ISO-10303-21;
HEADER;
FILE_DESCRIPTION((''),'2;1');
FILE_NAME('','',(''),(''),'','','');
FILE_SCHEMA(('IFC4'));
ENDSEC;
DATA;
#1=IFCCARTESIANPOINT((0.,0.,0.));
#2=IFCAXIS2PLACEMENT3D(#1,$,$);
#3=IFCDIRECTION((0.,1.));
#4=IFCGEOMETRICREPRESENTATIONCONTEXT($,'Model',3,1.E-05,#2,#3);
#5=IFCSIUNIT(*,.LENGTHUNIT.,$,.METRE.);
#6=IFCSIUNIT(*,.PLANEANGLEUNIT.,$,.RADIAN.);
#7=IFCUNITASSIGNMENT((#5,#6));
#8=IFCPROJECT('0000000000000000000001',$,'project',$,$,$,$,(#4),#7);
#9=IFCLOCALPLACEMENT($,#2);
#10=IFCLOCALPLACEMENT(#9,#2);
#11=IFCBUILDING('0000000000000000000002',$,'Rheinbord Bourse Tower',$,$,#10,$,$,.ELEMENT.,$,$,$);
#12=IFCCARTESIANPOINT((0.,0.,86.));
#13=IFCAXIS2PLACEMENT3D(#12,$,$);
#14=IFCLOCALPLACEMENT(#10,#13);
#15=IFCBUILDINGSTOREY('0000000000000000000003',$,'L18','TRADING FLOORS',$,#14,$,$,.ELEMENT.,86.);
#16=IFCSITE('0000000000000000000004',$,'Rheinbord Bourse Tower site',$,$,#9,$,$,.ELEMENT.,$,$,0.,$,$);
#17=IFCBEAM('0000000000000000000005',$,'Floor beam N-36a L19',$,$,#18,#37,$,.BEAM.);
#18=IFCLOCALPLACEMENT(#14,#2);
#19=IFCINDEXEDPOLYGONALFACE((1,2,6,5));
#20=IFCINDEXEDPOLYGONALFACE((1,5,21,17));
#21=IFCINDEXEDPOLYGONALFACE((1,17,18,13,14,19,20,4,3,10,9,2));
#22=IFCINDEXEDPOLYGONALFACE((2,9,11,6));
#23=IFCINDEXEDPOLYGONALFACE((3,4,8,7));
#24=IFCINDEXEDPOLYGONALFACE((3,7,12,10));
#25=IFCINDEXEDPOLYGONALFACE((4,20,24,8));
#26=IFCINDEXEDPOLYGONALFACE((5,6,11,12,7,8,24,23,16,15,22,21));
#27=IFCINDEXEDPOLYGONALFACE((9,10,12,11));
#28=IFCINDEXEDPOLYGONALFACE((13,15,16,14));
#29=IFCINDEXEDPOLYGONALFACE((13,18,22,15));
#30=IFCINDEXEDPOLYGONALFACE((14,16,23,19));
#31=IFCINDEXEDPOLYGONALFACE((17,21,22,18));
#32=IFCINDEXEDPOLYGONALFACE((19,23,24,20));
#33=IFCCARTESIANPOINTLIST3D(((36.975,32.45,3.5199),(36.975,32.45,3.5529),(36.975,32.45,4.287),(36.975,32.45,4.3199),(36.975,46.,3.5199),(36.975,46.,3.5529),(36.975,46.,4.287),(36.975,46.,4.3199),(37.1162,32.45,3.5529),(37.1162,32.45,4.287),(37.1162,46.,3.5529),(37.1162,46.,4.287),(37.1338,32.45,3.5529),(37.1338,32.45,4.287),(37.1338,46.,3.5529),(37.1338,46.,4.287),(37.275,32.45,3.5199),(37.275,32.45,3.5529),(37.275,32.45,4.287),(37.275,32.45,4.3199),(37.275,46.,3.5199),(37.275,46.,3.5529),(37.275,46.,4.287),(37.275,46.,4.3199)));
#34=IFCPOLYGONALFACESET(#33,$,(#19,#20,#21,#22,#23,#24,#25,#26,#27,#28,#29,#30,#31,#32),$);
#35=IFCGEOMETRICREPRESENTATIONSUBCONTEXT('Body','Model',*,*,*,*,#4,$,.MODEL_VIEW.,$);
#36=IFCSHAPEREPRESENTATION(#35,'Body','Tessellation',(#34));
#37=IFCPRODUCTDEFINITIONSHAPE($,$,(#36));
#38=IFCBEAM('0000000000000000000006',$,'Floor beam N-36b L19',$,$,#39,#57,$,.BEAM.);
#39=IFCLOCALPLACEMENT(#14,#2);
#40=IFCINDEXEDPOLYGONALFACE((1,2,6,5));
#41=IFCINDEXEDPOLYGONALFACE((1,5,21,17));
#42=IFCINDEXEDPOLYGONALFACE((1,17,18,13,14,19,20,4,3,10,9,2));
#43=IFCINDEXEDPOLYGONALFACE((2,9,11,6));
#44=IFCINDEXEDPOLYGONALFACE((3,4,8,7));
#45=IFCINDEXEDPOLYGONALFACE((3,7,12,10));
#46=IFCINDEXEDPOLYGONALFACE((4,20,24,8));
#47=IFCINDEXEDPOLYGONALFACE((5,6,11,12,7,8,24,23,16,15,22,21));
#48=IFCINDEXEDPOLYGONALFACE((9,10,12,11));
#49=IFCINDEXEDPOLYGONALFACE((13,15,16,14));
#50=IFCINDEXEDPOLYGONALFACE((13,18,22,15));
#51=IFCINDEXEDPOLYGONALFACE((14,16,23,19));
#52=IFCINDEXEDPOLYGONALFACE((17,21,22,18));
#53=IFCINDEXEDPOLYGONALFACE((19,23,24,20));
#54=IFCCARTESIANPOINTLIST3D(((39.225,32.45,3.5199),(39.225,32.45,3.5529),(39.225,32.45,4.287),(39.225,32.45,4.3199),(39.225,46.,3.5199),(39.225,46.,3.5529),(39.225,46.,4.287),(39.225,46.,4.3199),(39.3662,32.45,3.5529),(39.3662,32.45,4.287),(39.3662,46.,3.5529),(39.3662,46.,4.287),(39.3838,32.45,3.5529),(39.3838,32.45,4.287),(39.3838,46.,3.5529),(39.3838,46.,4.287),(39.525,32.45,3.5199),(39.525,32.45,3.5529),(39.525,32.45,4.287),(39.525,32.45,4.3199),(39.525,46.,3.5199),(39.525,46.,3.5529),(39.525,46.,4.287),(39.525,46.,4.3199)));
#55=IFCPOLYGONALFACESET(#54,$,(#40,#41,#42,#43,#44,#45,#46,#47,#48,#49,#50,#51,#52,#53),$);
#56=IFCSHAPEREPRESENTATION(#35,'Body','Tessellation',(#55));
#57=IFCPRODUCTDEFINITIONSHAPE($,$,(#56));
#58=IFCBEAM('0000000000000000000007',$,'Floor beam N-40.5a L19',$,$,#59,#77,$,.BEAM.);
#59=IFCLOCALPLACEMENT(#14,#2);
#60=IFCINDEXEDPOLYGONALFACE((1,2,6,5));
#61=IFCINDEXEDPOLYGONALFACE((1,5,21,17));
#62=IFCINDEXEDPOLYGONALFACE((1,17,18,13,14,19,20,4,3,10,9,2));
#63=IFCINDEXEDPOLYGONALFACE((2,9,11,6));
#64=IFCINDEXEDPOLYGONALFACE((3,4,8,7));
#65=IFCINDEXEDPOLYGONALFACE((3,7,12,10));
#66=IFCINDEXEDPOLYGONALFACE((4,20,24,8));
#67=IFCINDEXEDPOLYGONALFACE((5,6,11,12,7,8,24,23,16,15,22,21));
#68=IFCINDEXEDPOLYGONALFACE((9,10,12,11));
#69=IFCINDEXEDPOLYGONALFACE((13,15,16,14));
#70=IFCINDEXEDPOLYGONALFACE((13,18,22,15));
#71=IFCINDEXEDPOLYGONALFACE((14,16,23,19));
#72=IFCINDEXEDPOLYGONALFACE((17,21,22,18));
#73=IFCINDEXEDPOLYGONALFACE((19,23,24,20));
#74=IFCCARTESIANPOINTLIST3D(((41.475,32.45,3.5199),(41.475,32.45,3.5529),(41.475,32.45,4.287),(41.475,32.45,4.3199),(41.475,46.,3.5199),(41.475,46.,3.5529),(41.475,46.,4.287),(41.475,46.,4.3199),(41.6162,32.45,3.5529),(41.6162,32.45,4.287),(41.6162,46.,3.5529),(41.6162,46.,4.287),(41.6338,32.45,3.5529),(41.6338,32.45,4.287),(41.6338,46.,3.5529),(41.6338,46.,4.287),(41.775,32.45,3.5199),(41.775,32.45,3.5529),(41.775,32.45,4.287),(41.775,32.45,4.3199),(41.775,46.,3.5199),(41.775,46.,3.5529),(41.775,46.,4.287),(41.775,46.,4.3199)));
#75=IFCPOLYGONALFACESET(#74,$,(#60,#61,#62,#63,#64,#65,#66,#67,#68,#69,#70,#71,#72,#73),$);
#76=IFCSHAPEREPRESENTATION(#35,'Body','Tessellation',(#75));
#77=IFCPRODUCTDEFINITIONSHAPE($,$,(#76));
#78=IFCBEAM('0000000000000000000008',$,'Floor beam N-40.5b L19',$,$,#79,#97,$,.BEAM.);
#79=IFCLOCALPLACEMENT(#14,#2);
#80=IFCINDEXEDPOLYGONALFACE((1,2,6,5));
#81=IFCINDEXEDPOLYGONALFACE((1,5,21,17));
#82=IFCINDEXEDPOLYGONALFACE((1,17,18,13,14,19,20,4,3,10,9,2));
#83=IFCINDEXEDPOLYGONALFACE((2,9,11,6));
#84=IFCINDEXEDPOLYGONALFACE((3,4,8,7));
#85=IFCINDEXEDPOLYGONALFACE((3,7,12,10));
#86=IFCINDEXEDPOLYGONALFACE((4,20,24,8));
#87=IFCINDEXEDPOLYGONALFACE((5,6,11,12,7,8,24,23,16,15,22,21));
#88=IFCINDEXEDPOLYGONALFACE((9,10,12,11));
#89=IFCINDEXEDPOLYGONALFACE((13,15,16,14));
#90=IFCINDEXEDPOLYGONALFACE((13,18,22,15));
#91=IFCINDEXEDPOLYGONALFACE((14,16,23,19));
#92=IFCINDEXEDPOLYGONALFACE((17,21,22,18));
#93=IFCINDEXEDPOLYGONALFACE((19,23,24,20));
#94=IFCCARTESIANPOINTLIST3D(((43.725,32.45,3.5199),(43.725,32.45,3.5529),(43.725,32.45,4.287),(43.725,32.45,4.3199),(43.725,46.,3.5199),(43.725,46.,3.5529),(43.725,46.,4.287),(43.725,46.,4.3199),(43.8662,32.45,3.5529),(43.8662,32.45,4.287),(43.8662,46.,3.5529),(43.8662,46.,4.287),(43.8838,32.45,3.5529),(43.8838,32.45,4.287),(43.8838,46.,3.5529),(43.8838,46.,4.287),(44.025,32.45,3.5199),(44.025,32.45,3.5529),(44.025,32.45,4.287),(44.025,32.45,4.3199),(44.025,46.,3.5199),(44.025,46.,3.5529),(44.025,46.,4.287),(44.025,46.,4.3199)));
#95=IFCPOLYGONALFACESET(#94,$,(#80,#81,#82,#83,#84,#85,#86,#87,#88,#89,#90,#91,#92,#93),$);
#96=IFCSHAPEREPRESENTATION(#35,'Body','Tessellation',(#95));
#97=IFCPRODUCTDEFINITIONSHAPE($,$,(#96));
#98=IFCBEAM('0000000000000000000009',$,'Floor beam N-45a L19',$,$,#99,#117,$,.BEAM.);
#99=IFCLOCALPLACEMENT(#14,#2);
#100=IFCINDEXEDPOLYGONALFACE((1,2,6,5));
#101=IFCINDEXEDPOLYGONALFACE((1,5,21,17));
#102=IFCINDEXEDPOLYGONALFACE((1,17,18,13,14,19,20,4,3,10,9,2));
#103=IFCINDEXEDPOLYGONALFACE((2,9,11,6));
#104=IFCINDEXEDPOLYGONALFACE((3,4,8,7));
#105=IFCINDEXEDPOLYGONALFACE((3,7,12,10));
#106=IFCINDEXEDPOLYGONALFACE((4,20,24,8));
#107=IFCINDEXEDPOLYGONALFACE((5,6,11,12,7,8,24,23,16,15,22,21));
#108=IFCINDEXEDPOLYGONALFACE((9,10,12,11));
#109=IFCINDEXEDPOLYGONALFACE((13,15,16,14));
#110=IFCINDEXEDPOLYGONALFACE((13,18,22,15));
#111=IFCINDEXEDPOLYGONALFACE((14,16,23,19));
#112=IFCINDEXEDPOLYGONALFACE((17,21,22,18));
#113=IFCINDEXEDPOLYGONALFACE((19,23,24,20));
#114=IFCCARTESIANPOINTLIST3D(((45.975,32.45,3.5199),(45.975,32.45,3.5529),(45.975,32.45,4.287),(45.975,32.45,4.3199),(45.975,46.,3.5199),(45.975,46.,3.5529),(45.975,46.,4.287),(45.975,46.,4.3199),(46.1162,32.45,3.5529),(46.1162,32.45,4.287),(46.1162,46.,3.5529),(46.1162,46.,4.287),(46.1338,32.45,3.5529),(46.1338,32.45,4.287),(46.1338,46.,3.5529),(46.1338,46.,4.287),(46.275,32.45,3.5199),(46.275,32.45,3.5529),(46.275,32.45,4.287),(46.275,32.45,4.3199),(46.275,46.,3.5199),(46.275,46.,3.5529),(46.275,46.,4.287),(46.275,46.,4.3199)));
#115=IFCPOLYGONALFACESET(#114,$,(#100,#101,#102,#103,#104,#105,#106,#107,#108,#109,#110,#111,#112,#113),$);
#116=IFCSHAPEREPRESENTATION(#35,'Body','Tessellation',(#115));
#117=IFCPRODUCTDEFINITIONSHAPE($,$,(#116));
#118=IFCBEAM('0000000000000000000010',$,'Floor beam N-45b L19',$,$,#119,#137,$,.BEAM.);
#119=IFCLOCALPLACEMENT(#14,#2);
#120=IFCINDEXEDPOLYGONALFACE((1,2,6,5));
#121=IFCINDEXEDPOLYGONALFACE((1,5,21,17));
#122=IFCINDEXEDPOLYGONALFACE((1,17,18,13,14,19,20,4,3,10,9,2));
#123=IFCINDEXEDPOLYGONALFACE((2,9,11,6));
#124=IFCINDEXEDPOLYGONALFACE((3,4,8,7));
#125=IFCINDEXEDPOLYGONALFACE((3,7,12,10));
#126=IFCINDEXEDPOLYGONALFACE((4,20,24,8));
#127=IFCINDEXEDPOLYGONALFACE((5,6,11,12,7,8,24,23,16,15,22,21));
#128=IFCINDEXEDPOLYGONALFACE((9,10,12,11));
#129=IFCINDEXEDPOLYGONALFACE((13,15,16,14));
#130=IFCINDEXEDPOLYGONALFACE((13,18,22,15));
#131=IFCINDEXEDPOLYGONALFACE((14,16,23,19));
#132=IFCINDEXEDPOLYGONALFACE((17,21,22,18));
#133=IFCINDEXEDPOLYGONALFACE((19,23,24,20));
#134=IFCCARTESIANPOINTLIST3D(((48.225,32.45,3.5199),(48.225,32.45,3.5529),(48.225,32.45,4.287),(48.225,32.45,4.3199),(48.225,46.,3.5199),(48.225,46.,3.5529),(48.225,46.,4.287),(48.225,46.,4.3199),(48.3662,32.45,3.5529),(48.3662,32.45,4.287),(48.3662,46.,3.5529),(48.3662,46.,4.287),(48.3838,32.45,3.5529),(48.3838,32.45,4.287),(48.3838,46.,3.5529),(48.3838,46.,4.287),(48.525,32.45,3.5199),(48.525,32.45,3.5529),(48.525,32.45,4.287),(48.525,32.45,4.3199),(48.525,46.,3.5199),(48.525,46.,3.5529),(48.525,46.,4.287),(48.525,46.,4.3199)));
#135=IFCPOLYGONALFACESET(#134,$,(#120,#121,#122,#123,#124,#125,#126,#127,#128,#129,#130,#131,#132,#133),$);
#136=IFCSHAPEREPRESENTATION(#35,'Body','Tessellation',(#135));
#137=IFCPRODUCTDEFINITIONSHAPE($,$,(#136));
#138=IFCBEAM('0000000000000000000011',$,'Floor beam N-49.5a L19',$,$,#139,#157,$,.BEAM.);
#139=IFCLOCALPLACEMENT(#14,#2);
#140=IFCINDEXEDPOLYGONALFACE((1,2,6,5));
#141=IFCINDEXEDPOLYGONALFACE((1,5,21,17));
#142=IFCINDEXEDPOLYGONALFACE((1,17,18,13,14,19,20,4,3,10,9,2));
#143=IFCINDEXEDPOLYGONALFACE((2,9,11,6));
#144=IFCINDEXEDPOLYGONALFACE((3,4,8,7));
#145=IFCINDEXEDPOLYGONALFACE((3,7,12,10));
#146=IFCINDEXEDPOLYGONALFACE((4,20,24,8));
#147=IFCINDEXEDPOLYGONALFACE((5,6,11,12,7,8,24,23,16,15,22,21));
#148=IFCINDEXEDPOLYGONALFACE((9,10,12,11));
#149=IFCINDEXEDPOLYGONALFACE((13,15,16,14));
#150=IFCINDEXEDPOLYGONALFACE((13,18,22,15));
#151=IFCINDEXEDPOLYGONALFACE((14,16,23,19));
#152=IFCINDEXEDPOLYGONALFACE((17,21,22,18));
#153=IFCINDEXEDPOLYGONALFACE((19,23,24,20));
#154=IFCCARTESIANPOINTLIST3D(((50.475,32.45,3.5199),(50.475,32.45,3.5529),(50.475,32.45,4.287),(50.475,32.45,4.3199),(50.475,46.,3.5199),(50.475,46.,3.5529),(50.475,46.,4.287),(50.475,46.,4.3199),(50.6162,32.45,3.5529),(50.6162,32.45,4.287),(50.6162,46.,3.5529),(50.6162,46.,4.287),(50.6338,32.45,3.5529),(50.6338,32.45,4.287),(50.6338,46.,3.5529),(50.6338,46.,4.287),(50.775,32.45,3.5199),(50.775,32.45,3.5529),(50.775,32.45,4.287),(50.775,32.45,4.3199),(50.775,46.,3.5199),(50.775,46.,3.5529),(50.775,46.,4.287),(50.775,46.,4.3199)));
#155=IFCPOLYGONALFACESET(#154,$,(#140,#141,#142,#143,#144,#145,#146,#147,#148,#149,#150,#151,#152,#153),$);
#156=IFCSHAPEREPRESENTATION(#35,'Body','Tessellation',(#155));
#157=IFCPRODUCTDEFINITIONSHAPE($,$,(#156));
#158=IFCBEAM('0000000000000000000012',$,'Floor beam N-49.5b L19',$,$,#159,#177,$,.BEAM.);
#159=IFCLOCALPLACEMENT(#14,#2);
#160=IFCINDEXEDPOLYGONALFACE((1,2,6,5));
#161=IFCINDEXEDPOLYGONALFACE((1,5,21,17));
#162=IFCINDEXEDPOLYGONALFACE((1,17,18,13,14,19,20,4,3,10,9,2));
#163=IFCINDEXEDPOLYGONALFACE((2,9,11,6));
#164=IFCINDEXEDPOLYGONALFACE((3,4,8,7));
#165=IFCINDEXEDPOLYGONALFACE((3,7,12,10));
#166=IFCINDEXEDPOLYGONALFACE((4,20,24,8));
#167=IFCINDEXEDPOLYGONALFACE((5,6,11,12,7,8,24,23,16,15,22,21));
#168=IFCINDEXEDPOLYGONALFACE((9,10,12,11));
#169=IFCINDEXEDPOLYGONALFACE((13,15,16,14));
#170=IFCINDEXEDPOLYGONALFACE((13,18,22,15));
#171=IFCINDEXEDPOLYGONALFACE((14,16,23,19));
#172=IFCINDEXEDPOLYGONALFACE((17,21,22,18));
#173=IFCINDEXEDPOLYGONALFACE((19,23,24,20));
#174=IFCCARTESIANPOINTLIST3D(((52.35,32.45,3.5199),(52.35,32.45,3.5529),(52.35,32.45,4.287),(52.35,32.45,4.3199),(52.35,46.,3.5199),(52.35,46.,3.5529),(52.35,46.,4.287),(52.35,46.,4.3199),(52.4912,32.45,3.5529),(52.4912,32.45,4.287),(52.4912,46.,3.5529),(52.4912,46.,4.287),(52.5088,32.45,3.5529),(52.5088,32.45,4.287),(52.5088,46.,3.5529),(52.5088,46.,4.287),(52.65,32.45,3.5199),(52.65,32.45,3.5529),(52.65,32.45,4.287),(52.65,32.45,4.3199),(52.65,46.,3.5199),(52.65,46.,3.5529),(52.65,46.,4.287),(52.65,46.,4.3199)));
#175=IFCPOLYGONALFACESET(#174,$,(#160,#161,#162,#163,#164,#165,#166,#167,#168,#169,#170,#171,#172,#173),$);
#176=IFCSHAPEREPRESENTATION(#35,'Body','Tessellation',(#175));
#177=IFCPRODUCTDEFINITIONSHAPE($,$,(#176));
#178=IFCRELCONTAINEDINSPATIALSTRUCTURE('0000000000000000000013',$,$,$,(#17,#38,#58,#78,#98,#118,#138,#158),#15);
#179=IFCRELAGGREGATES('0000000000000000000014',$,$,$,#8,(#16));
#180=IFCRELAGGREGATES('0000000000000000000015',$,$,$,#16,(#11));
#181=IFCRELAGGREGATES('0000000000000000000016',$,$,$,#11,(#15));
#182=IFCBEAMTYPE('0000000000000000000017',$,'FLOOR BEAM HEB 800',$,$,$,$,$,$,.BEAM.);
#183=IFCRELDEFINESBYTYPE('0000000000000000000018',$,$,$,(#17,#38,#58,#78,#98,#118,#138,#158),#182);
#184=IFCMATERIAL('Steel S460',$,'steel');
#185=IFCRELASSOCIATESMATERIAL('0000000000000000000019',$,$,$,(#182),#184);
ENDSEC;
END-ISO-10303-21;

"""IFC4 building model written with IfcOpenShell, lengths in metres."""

from ifc_helpers import new_model, si_unit, direction, frame, origin, origin_2d, place, context, subcontext, project, spatial, i_section, extrude, material, material_profile, profile_set, type_object, element, save


model = new_model("IFC4")

# Units and contexts
model_context = context("Model", 3, precision=1e-05, world=origin(), true_north=direction((0.0, 1.0)))
body_context = subcontext(model_context, "Body", "Model", "MODEL_VIEW")
ifc_project = project(units=[si_unit("LENGTHUNIT", "METRE"), si_unit("PLANEANGLEUNIT", "RADIAN")], contexts=[model_context])

# Site, building, storey
site_placement = place(None, origin())
site = spatial("IfcSite", under=ifc_project, at=site_placement, Name="Rheinbord Bourse Tower site", CompositionType="ELEMENT", RefElevation=0.0)
building_placement = place(site_placement, origin())
building = spatial("IfcBuilding", under=site, at=building_placement, Name="Rheinbord Bourse Tower", CompositionType="ELEMENT")
storey_placement = place(building_placement, frame((0.0, 0.0, 86.0)))
storey = spatial("IfcBuildingStorey", under=building, at=storey_placement, Name="L18", Description="TRADING FLOORS", CompositionType="ELEMENT", Elevation=86.0)

# Beams
ifc_material_1 = material(Name="Steel S460", Category="steel")
ifc_material_profile_1 = material_profile(ifc_material_1, i_section(OverallWidth=0.3, OverallDepth=0.8, WebThickness=0.0176, FlangeThickness=0.033, at=origin_2d()), Name="HEB 800")
ifc_profile_set_1 = profile_set([ifc_material_profile_1], Name="Steel S460")
beam_type_1 = type_object("IfcBeamType", Name="FLOOR BEAM HEB 800", PredefinedType="BEAM", material=ifc_profile_set_1)
for number, where, z_axis, x_axis, name in (
    (1, (37.125, 46.0, 3.9199), (0.0, -1.0, 0.0), (1.0, 0.0, 0.0), "Floor beam N-36a L19"),
    (2, (39.375, 46.0, 3.9199), (0.0, -1.0, 0.0), (1.0, 0.0, 0.0), "Floor beam N-36b L19"),
    (3, (41.625, 46.0, 3.9199), (0.0, -1.0, 0.0), (1.0, 0.0, 0.0), "Floor beam N-40.5a L19"),
    (4, (43.875, 46.0, 3.9199), (0.0, -1.0, 0.0), (1.0, 0.0, 0.0), "Floor beam N-40.5b L19"),
    (5, (46.125, 46.0, 3.9199), (0.0, -1.0, 0.0), (1.0, 0.0, 0.0), "Floor beam N-45a L19"),
    (6, (48.375, 46.0, 3.9199), (0.0, -1.0, 0.0), (1.0, 0.0, 0.0), "Floor beam N-45b L19"),
    (7, (50.625, 46.0, 3.9199), (0.0, -1.0, 0.0), (1.0, 0.0, 0.0), "Floor beam N-49.5a L19"),
    (8, (52.5, 46.0, 3.9199), (0.0, -1.0, 0.0), (1.0, 0.0, 0.0), "Floor beam N-49.5b L19"),
):
    element("IfcBeam", number, at=place(storey_placement, frame(where, z_axis=z_axis, x_axis=x_axis)), inside=storey, type_object=beam_type_1, Name=name, PredefinedType="BEAM", context=body_context, shape_type="SweptSolid", body=[
        extrude(i_section(OverallWidth=0.3, OverallDepth=0.8, WebThickness=0.0176, FlangeThickness=0.033, at=origin_2d()), origin(), (0.0, 0.0, 1.0), 13.55),
    ])

save(model, "model.ifc")
